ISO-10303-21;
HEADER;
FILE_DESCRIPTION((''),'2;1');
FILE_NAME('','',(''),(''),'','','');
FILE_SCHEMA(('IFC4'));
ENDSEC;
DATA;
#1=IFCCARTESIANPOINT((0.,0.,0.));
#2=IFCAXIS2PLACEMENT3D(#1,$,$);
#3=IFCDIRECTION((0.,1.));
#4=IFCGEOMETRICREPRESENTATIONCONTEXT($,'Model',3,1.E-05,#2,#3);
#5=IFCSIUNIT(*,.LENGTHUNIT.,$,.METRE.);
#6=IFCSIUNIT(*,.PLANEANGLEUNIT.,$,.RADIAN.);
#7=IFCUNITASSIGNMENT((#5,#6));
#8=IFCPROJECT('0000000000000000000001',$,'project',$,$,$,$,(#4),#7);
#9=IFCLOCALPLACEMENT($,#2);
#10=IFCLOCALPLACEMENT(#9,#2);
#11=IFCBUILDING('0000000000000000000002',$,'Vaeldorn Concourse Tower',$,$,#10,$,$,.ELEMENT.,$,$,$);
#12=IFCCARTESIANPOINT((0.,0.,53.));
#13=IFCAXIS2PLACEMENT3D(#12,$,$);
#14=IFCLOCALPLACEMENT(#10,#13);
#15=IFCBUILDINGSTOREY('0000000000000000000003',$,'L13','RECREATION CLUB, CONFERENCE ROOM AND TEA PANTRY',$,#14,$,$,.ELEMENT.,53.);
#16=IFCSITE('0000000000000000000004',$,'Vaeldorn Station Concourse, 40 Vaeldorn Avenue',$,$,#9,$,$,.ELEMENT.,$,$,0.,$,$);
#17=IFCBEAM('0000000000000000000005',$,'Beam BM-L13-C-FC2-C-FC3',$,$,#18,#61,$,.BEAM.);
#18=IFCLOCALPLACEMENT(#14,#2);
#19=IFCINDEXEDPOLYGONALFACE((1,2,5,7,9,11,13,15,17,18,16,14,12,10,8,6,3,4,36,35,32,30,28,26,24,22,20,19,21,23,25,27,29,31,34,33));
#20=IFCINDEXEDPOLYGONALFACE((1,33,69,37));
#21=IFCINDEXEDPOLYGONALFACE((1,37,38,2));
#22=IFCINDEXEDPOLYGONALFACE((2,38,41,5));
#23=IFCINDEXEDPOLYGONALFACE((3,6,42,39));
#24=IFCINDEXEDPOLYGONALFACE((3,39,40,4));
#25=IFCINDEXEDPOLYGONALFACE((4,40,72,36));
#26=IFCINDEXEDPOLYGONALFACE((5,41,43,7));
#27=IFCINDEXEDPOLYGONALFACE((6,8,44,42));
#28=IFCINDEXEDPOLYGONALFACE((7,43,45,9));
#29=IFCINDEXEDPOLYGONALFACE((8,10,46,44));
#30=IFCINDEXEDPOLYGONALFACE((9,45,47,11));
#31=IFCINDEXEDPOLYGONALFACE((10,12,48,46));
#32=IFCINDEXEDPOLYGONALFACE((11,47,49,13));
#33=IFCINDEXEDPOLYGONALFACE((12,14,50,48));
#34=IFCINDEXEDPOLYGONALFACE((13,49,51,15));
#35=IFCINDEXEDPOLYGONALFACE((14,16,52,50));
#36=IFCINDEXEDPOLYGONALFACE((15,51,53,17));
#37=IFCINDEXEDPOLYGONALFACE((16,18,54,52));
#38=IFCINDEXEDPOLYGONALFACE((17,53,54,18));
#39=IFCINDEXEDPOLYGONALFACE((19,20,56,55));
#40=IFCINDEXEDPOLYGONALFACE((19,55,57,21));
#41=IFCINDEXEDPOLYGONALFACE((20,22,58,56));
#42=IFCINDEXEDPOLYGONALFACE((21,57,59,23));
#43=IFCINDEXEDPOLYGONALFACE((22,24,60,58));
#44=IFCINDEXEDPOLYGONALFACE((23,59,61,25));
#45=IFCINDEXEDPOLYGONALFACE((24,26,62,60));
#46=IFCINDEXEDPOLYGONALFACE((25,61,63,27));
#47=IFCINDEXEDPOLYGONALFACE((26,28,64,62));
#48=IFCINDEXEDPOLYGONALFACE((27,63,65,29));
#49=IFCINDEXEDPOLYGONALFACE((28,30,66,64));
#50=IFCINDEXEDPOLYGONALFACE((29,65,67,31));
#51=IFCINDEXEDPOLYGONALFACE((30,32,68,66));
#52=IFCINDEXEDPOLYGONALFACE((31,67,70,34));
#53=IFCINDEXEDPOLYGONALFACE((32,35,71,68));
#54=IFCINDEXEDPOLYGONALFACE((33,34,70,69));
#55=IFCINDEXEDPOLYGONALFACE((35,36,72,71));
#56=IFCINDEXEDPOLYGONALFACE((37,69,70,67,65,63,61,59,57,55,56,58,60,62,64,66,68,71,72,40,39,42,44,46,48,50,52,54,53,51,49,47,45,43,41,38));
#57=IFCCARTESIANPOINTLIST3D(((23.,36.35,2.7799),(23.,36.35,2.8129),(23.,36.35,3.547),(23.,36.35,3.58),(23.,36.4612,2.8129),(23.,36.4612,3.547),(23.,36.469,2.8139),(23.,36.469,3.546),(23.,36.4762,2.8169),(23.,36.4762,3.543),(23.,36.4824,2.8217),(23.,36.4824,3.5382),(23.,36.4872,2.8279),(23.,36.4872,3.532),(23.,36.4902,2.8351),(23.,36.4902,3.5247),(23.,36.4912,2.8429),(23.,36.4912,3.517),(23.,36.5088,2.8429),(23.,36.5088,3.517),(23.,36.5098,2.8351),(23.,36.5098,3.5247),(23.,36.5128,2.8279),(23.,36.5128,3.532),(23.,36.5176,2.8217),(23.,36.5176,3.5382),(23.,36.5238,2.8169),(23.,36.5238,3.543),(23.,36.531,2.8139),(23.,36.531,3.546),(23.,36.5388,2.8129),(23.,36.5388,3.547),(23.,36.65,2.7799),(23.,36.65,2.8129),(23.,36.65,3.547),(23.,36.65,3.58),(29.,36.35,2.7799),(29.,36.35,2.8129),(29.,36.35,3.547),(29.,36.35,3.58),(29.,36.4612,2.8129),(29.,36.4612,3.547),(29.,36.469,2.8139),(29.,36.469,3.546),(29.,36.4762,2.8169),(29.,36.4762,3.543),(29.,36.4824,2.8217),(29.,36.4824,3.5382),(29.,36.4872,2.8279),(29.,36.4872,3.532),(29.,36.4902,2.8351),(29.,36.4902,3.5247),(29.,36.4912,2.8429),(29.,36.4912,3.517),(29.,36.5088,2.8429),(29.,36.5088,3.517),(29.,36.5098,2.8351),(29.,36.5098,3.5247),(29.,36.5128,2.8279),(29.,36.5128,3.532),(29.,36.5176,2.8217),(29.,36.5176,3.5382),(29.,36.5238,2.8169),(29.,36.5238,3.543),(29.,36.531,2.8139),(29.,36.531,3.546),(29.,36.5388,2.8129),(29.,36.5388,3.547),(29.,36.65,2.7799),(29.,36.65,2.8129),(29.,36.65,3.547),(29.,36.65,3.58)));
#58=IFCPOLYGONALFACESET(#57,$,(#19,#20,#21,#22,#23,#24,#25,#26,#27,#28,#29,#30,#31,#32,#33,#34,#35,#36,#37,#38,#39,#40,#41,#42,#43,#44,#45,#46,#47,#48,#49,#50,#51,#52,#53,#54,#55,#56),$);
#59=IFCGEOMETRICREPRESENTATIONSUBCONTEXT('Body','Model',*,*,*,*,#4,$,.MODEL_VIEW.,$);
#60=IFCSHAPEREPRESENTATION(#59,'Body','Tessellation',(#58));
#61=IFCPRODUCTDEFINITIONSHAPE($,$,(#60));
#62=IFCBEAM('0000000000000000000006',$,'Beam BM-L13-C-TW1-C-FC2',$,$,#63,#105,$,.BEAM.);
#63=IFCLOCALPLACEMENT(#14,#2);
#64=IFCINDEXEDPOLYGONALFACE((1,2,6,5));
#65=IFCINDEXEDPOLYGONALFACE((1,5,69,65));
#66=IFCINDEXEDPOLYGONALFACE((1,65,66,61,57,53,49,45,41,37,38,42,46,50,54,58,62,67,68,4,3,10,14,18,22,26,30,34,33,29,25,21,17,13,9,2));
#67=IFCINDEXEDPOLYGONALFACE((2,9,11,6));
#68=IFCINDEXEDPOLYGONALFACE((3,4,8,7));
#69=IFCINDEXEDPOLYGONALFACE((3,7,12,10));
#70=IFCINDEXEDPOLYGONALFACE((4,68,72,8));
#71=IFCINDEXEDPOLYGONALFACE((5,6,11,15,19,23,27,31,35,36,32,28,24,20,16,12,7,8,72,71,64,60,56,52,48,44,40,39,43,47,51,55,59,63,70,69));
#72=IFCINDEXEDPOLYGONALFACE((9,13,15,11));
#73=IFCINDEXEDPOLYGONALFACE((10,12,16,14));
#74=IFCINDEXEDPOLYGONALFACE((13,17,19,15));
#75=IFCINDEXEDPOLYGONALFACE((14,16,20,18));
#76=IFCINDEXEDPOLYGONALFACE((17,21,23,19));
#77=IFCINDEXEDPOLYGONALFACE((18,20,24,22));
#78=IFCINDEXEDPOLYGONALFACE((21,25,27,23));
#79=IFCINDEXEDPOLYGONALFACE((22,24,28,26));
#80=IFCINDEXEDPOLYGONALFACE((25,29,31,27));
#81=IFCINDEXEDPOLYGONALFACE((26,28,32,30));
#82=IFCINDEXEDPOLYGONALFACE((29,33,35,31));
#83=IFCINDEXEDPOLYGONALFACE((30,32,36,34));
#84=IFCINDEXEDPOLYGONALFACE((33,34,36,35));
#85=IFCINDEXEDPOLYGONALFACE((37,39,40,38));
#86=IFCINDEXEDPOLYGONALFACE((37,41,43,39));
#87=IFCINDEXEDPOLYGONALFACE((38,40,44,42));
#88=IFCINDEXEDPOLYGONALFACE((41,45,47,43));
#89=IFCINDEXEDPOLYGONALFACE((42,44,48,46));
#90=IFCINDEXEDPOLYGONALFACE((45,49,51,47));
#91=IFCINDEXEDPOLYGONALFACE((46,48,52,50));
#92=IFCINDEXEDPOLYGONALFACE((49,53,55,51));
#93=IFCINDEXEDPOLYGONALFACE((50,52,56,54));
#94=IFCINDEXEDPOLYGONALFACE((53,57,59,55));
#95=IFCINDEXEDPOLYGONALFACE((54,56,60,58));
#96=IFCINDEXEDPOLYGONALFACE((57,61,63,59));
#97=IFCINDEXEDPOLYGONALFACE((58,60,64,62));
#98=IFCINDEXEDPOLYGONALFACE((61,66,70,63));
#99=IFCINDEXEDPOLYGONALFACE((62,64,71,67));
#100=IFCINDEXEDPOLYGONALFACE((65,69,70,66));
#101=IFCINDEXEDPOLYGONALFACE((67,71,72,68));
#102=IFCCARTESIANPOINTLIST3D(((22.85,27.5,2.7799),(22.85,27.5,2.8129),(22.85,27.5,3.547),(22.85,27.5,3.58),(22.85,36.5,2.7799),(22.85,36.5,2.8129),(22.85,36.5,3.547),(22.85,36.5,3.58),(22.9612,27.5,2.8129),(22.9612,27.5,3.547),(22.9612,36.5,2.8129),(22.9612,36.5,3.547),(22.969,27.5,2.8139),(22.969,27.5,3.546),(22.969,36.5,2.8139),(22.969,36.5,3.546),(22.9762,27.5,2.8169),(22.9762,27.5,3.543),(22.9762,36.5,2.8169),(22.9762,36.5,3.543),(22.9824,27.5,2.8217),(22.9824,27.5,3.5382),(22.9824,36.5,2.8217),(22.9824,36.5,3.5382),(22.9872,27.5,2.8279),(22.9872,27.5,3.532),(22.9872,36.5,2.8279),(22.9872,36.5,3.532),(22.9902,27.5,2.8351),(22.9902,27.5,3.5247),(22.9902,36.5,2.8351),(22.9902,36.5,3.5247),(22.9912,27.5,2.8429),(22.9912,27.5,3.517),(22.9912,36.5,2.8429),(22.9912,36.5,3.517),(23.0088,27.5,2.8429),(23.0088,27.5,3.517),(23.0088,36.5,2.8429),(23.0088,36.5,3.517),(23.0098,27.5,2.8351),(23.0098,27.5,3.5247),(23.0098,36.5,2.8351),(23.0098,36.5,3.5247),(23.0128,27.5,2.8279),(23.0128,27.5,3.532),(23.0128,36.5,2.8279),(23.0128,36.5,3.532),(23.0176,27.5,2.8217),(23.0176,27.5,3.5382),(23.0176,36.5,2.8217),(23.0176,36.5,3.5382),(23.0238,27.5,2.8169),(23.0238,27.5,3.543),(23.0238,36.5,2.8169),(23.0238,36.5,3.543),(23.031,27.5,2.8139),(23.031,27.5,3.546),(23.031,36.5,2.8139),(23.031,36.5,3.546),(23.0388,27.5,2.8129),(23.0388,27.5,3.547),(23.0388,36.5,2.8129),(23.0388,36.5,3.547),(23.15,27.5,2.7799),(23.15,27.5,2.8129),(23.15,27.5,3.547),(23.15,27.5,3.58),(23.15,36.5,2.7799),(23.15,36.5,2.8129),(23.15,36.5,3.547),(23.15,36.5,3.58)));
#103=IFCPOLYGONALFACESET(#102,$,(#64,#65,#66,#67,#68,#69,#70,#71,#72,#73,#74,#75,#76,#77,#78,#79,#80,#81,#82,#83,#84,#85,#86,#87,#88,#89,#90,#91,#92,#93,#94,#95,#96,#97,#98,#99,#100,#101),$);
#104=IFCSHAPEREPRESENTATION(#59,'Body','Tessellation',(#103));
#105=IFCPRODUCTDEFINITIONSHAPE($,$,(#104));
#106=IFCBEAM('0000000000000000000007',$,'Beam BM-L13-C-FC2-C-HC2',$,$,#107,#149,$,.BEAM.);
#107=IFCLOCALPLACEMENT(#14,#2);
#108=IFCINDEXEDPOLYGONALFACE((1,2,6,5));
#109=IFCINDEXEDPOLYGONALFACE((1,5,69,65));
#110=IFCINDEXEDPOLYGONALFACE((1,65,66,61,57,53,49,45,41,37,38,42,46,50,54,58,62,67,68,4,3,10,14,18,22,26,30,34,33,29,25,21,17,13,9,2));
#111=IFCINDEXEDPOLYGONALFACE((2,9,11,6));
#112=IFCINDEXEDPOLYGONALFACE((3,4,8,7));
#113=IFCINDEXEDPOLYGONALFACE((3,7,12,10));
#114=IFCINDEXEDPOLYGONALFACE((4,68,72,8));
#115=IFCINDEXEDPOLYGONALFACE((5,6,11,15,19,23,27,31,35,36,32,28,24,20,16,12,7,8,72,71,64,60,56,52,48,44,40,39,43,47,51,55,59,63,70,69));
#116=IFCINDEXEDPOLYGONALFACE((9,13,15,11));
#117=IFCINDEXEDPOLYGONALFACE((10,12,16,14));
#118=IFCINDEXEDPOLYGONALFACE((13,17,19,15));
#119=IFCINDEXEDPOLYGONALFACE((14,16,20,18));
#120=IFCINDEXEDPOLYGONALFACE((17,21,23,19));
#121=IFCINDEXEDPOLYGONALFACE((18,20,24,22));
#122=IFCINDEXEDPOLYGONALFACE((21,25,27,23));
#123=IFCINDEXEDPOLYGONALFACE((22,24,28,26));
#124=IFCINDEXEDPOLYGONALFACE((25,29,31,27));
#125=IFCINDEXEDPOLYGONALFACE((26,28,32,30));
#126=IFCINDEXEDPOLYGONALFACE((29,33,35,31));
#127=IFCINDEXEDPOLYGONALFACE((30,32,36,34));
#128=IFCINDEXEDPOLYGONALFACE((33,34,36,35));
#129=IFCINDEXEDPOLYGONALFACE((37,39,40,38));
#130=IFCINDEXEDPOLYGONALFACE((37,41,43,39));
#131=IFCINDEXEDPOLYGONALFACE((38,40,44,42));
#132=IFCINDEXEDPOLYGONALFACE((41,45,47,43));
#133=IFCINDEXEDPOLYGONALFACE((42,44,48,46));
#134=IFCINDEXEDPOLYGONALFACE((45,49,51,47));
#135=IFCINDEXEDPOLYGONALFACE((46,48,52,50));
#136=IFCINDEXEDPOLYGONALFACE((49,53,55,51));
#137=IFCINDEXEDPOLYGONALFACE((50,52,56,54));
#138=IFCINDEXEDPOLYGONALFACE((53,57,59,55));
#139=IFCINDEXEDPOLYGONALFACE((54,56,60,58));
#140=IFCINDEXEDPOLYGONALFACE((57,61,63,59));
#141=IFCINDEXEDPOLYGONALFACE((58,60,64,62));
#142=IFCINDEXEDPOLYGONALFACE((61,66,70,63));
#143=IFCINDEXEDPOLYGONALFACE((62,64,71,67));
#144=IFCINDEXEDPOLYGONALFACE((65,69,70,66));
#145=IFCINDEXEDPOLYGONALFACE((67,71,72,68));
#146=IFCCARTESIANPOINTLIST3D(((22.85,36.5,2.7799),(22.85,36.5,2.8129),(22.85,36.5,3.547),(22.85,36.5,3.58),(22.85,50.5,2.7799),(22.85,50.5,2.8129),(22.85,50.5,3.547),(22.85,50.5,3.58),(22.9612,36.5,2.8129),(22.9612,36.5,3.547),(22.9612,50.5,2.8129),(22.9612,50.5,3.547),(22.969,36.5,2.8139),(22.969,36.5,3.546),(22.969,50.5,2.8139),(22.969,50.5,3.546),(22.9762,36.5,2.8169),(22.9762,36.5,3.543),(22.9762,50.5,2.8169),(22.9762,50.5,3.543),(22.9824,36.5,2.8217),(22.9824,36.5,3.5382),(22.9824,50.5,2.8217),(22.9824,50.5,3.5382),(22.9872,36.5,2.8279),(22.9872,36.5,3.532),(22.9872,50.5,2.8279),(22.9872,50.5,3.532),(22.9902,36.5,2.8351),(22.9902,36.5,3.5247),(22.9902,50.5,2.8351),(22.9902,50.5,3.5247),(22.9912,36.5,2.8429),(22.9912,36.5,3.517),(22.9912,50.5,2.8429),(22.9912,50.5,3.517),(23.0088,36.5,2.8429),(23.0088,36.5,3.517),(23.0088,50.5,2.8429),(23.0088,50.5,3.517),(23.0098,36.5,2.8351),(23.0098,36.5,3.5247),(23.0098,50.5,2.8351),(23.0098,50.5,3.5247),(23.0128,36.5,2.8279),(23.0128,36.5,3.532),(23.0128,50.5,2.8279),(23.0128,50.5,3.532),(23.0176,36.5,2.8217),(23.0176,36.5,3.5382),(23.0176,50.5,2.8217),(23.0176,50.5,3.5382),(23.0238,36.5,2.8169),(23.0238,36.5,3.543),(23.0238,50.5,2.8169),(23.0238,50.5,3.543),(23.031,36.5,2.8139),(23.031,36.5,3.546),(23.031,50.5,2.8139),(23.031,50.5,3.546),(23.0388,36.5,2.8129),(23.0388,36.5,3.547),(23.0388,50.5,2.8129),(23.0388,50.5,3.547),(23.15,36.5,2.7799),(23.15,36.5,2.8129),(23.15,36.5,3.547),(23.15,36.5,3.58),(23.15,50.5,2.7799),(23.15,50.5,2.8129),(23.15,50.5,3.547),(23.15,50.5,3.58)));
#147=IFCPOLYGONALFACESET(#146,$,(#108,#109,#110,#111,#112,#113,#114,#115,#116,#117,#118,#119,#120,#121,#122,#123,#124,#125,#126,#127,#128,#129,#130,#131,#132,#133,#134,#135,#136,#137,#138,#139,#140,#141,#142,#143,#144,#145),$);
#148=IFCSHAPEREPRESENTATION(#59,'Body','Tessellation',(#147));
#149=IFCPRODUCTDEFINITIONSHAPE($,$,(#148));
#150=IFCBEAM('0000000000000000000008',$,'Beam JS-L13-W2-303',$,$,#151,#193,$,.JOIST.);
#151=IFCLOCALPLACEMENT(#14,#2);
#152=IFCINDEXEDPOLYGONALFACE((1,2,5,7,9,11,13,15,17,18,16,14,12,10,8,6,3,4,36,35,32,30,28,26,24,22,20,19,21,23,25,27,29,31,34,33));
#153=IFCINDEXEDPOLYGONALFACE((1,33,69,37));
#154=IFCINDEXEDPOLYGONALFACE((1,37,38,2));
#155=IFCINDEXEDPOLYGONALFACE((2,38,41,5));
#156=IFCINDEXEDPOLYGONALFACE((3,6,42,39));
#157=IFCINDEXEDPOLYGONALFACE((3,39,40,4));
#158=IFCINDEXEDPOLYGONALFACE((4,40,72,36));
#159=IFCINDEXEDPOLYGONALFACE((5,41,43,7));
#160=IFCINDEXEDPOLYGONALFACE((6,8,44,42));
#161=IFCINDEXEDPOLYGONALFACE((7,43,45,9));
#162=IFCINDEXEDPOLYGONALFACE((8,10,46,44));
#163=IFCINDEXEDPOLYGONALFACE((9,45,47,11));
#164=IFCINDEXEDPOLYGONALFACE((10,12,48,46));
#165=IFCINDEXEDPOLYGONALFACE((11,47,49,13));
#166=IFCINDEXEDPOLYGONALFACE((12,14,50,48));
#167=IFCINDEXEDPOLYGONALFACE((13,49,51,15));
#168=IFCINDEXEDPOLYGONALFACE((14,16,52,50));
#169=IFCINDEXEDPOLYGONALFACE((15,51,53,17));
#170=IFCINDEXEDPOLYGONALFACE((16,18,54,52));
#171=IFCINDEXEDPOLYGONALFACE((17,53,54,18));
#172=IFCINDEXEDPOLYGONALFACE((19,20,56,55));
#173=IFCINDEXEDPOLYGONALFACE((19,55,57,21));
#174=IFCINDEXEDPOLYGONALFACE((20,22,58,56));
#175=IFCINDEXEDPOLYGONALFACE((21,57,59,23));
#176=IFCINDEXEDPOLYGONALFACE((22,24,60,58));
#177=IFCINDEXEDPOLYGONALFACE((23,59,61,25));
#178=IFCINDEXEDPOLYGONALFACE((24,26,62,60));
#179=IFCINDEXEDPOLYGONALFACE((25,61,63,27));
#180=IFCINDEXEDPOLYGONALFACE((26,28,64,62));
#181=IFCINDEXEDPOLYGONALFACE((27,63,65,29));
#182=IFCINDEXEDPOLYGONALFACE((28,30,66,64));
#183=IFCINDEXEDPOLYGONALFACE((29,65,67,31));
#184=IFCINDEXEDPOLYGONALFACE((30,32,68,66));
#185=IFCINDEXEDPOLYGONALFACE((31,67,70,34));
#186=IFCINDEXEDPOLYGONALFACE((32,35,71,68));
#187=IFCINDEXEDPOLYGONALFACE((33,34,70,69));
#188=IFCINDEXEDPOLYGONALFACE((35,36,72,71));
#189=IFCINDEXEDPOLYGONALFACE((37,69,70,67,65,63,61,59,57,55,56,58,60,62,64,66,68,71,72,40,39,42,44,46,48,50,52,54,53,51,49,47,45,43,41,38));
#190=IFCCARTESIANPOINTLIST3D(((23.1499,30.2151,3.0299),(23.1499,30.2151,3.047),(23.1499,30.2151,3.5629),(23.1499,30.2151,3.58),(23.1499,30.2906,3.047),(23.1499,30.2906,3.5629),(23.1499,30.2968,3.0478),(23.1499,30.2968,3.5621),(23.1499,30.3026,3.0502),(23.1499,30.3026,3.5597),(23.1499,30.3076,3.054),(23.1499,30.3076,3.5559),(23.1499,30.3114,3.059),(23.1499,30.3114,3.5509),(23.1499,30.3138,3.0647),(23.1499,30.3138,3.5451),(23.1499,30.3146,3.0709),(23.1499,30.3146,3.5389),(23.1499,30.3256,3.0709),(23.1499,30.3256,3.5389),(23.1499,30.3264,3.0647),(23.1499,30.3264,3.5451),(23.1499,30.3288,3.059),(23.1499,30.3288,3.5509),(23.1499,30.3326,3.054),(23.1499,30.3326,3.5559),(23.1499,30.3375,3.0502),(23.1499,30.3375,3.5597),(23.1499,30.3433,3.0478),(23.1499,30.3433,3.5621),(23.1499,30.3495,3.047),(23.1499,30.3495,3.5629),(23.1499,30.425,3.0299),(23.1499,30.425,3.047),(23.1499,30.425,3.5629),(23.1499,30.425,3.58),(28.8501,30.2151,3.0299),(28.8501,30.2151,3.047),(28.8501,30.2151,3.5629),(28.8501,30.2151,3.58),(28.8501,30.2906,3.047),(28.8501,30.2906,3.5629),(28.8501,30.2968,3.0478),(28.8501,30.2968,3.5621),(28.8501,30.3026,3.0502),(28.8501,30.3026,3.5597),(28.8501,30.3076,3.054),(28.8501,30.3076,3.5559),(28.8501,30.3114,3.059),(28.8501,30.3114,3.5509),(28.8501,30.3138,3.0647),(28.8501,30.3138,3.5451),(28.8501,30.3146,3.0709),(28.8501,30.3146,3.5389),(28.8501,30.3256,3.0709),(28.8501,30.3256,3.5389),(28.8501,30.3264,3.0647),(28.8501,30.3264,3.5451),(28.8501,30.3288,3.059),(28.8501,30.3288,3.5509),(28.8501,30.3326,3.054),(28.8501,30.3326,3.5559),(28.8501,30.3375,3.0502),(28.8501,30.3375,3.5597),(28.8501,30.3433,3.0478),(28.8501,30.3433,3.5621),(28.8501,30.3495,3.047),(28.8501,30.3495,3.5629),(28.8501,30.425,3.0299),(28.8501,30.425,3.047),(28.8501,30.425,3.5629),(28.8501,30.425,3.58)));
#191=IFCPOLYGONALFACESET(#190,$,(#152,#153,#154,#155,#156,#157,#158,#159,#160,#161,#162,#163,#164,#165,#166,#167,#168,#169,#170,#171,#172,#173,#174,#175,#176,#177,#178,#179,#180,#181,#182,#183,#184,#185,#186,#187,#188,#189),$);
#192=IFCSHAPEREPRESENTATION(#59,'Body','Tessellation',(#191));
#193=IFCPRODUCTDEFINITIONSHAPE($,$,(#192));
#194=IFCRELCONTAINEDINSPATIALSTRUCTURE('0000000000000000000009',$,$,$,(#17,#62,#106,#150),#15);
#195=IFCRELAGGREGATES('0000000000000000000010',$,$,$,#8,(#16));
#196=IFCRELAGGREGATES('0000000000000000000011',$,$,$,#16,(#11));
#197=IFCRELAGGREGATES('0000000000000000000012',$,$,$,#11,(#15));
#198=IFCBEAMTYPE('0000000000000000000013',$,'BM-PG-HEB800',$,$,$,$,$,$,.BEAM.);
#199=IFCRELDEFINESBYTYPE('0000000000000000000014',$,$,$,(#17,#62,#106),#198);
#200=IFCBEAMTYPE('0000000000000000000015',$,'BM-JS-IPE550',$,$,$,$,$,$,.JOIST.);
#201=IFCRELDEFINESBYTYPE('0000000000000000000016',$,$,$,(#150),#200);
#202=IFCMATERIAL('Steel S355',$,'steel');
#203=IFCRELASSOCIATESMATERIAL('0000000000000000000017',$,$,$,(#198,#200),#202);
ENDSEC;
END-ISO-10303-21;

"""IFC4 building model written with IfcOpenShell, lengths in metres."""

from ifc_helpers import new_model, si_unit, direction, frame, origin, origin_2d, place, context, subcontext, project, spatial, i_section, extrude, source, transform, mapped, material, material_profile, profile_set, type_object, element, save


model = new_model("IFC4")

# Units and contexts
model_context = context("Model", 3, precision=1e-05, world=origin(), true_north=direction((0.0, 1.0)))
body_context = subcontext(model_context, "Body", "Model", "MODEL_VIEW")
ifc_project = project(units=[si_unit("LENGTHUNIT", "METRE"), si_unit("PLANEANGLEUNIT", "RADIAN")], contexts=[model_context])

# Site, building, storey
site_placement = place(None, origin())
site = spatial("IfcSite", under=ifc_project, at=site_placement, Name="Vaeldorn Station Concourse, 40 Vaeldorn Avenue", CompositionType="ELEMENT", RefElevation=0.0)
building_placement = place(site_placement, origin())
building = spatial("IfcBuilding", under=site, at=building_placement, Name="Vaeldorn Concourse Tower", CompositionType="ELEMENT")
storey_placement = place(building_placement, frame((0.0, 0.0, 53.0)))
storey = spatial("IfcBuildingStorey", under=building, at=storey_placement, Name="L13", Description="RECREATION CLUB, CONFERENCE ROOM AND TEA PANTRY", CompositionType="ELEMENT", Elevation=53.0)

# Beams
ifc_material_1 = material(Name="Steel S355", Category="steel")
ifc_material_profile_1 = material_profile(ifc_material_1, i_section(OverallWidth=0.3, OverallDepth=0.8, WebThickness=0.0176, FlangeThickness=0.033, FilletRadius=0.03, at=origin_2d()), Name="HEB 800")
ifc_profile_set_1 = profile_set([ifc_material_profile_1], Name="Steel S355")
beam_type_1 = type_object("IfcBeamType", Name="BM-PG-HEB800", PredefinedType="BEAM", material=ifc_profile_set_1)
shared_shape_1 = source(origin(), body_context, "Body", "SweptSolid", [
    extrude(i_section(OverallWidth=0.3, OverallDepth=0.8, WebThickness=0.0176, FlangeThickness=0.033, FilletRadius=0.03, at=origin_2d()), origin(), (0.0, 0.0, 1.0), 6.0),
])
beam_1_placement = place(storey_placement, frame((23.0, 36.5, 3.1799), z_axis=(1.0, 0.0, 0.0), x_axis=(0.0, 1.0, 0.0)))
element("IfcBeam", 1, at=beam_1_placement, inside=storey, type_object=beam_type_1, Name="Beam BM-L13-C-FC2-C-FC3", PredefinedType="BEAM", context=body_context, shape_type="MappedRepresentation", body=[
    mapped(shared_shape_1, transform((0.0, 0.0, 0.0), scale=1.0)),
])
shared_shape_2 = source(origin(), body_context, "Body", "SweptSolid", [
    extrude(i_section(OverallWidth=0.3, OverallDepth=0.8, WebThickness=0.0176, FlangeThickness=0.033, FilletRadius=0.03, at=origin_2d()), origin(), (0.0, 0.0, 1.0), 9.0),
])
beam_2_placement = place(storey_placement, frame((23.0, 27.5, 3.1799), z_axis=(0.0, 1.0, 0.0), x_axis=(-1.0, 0.0, 0.0)))
element("IfcBeam", 2, at=beam_2_placement, inside=storey, type_object=beam_type_1, Name="Beam BM-L13-C-TW1-C-FC2", PredefinedType="BEAM", context=body_context, shape_type="MappedRepresentation", body=[
    mapped(shared_shape_2, transform((0.0, 0.0, 0.0), scale=1.0)),
])
shared_shape_3 = source(origin(), body_context, "Body", "SweptSolid", [
    extrude(i_section(OverallWidth=0.3, OverallDepth=0.8, WebThickness=0.0176, FlangeThickness=0.033, FilletRadius=0.03, at=origin_2d()), origin(), (0.0, 0.0, 1.0), 14.0),
])
beam_3_placement = place(storey_placement, frame((23.0, 36.5, 3.1799), z_axis=(0.0, 1.0, 0.0), x_axis=(-1.0, 0.0, 0.0)))
element("IfcBeam", 3, at=beam_3_placement, inside=storey, type_object=beam_type_1, Name="Beam BM-L13-C-FC2-C-HC2", PredefinedType="BEAM", context=body_context, shape_type="MappedRepresentation", body=[
    mapped(shared_shape_3, transform((0.0, 0.0, 0.0), scale=1.0)),
])
ifc_material_profile_2 = material_profile(ifc_material_1, i_section(OverallWidth=0.21, OverallDepth=0.55, WebThickness=0.011, FlangeThickness=0.0171, FilletRadius=0.0239, at=origin_2d()), Name="IPE 550")
ifc_profile_set_2 = profile_set([ifc_material_profile_2], Name="Steel S355")
beam_type_2 = type_object("IfcBeamType", Name="BM-JS-IPE550", PredefinedType="JOIST", material=ifc_profile_set_2)
shared_shape_4 = source(origin(), body_context, "Body", "SweptSolid", [
    extrude(i_section(OverallWidth=0.21, OverallDepth=0.55, WebThickness=0.011, FlangeThickness=0.0171, FilletRadius=0.0239, at=origin_2d()), origin(), (0.0, 0.0, 1.0), 5.7002),
])
for number, where, z_axis, x_axis, name in (
    (4, (23.1499, 30.3201, 3.3049), (1.0, 0.0, 0.0), (0.0, 1.0, 0.0), "Beam JS-L13-W2-303"),
):
    element("IfcBeam", number, at=place(storey_placement, frame(where, z_axis=z_axis, x_axis=x_axis)), inside=storey, type_object=beam_type_2, Name=name, PredefinedType="JOIST", context=body_context, shape_type="MappedRepresentation", body=[
        mapped(shared_shape_4, transform((0.0, 0.0, 0.0), scale=1.0)),
    ])

save(model, "model.ifc")
